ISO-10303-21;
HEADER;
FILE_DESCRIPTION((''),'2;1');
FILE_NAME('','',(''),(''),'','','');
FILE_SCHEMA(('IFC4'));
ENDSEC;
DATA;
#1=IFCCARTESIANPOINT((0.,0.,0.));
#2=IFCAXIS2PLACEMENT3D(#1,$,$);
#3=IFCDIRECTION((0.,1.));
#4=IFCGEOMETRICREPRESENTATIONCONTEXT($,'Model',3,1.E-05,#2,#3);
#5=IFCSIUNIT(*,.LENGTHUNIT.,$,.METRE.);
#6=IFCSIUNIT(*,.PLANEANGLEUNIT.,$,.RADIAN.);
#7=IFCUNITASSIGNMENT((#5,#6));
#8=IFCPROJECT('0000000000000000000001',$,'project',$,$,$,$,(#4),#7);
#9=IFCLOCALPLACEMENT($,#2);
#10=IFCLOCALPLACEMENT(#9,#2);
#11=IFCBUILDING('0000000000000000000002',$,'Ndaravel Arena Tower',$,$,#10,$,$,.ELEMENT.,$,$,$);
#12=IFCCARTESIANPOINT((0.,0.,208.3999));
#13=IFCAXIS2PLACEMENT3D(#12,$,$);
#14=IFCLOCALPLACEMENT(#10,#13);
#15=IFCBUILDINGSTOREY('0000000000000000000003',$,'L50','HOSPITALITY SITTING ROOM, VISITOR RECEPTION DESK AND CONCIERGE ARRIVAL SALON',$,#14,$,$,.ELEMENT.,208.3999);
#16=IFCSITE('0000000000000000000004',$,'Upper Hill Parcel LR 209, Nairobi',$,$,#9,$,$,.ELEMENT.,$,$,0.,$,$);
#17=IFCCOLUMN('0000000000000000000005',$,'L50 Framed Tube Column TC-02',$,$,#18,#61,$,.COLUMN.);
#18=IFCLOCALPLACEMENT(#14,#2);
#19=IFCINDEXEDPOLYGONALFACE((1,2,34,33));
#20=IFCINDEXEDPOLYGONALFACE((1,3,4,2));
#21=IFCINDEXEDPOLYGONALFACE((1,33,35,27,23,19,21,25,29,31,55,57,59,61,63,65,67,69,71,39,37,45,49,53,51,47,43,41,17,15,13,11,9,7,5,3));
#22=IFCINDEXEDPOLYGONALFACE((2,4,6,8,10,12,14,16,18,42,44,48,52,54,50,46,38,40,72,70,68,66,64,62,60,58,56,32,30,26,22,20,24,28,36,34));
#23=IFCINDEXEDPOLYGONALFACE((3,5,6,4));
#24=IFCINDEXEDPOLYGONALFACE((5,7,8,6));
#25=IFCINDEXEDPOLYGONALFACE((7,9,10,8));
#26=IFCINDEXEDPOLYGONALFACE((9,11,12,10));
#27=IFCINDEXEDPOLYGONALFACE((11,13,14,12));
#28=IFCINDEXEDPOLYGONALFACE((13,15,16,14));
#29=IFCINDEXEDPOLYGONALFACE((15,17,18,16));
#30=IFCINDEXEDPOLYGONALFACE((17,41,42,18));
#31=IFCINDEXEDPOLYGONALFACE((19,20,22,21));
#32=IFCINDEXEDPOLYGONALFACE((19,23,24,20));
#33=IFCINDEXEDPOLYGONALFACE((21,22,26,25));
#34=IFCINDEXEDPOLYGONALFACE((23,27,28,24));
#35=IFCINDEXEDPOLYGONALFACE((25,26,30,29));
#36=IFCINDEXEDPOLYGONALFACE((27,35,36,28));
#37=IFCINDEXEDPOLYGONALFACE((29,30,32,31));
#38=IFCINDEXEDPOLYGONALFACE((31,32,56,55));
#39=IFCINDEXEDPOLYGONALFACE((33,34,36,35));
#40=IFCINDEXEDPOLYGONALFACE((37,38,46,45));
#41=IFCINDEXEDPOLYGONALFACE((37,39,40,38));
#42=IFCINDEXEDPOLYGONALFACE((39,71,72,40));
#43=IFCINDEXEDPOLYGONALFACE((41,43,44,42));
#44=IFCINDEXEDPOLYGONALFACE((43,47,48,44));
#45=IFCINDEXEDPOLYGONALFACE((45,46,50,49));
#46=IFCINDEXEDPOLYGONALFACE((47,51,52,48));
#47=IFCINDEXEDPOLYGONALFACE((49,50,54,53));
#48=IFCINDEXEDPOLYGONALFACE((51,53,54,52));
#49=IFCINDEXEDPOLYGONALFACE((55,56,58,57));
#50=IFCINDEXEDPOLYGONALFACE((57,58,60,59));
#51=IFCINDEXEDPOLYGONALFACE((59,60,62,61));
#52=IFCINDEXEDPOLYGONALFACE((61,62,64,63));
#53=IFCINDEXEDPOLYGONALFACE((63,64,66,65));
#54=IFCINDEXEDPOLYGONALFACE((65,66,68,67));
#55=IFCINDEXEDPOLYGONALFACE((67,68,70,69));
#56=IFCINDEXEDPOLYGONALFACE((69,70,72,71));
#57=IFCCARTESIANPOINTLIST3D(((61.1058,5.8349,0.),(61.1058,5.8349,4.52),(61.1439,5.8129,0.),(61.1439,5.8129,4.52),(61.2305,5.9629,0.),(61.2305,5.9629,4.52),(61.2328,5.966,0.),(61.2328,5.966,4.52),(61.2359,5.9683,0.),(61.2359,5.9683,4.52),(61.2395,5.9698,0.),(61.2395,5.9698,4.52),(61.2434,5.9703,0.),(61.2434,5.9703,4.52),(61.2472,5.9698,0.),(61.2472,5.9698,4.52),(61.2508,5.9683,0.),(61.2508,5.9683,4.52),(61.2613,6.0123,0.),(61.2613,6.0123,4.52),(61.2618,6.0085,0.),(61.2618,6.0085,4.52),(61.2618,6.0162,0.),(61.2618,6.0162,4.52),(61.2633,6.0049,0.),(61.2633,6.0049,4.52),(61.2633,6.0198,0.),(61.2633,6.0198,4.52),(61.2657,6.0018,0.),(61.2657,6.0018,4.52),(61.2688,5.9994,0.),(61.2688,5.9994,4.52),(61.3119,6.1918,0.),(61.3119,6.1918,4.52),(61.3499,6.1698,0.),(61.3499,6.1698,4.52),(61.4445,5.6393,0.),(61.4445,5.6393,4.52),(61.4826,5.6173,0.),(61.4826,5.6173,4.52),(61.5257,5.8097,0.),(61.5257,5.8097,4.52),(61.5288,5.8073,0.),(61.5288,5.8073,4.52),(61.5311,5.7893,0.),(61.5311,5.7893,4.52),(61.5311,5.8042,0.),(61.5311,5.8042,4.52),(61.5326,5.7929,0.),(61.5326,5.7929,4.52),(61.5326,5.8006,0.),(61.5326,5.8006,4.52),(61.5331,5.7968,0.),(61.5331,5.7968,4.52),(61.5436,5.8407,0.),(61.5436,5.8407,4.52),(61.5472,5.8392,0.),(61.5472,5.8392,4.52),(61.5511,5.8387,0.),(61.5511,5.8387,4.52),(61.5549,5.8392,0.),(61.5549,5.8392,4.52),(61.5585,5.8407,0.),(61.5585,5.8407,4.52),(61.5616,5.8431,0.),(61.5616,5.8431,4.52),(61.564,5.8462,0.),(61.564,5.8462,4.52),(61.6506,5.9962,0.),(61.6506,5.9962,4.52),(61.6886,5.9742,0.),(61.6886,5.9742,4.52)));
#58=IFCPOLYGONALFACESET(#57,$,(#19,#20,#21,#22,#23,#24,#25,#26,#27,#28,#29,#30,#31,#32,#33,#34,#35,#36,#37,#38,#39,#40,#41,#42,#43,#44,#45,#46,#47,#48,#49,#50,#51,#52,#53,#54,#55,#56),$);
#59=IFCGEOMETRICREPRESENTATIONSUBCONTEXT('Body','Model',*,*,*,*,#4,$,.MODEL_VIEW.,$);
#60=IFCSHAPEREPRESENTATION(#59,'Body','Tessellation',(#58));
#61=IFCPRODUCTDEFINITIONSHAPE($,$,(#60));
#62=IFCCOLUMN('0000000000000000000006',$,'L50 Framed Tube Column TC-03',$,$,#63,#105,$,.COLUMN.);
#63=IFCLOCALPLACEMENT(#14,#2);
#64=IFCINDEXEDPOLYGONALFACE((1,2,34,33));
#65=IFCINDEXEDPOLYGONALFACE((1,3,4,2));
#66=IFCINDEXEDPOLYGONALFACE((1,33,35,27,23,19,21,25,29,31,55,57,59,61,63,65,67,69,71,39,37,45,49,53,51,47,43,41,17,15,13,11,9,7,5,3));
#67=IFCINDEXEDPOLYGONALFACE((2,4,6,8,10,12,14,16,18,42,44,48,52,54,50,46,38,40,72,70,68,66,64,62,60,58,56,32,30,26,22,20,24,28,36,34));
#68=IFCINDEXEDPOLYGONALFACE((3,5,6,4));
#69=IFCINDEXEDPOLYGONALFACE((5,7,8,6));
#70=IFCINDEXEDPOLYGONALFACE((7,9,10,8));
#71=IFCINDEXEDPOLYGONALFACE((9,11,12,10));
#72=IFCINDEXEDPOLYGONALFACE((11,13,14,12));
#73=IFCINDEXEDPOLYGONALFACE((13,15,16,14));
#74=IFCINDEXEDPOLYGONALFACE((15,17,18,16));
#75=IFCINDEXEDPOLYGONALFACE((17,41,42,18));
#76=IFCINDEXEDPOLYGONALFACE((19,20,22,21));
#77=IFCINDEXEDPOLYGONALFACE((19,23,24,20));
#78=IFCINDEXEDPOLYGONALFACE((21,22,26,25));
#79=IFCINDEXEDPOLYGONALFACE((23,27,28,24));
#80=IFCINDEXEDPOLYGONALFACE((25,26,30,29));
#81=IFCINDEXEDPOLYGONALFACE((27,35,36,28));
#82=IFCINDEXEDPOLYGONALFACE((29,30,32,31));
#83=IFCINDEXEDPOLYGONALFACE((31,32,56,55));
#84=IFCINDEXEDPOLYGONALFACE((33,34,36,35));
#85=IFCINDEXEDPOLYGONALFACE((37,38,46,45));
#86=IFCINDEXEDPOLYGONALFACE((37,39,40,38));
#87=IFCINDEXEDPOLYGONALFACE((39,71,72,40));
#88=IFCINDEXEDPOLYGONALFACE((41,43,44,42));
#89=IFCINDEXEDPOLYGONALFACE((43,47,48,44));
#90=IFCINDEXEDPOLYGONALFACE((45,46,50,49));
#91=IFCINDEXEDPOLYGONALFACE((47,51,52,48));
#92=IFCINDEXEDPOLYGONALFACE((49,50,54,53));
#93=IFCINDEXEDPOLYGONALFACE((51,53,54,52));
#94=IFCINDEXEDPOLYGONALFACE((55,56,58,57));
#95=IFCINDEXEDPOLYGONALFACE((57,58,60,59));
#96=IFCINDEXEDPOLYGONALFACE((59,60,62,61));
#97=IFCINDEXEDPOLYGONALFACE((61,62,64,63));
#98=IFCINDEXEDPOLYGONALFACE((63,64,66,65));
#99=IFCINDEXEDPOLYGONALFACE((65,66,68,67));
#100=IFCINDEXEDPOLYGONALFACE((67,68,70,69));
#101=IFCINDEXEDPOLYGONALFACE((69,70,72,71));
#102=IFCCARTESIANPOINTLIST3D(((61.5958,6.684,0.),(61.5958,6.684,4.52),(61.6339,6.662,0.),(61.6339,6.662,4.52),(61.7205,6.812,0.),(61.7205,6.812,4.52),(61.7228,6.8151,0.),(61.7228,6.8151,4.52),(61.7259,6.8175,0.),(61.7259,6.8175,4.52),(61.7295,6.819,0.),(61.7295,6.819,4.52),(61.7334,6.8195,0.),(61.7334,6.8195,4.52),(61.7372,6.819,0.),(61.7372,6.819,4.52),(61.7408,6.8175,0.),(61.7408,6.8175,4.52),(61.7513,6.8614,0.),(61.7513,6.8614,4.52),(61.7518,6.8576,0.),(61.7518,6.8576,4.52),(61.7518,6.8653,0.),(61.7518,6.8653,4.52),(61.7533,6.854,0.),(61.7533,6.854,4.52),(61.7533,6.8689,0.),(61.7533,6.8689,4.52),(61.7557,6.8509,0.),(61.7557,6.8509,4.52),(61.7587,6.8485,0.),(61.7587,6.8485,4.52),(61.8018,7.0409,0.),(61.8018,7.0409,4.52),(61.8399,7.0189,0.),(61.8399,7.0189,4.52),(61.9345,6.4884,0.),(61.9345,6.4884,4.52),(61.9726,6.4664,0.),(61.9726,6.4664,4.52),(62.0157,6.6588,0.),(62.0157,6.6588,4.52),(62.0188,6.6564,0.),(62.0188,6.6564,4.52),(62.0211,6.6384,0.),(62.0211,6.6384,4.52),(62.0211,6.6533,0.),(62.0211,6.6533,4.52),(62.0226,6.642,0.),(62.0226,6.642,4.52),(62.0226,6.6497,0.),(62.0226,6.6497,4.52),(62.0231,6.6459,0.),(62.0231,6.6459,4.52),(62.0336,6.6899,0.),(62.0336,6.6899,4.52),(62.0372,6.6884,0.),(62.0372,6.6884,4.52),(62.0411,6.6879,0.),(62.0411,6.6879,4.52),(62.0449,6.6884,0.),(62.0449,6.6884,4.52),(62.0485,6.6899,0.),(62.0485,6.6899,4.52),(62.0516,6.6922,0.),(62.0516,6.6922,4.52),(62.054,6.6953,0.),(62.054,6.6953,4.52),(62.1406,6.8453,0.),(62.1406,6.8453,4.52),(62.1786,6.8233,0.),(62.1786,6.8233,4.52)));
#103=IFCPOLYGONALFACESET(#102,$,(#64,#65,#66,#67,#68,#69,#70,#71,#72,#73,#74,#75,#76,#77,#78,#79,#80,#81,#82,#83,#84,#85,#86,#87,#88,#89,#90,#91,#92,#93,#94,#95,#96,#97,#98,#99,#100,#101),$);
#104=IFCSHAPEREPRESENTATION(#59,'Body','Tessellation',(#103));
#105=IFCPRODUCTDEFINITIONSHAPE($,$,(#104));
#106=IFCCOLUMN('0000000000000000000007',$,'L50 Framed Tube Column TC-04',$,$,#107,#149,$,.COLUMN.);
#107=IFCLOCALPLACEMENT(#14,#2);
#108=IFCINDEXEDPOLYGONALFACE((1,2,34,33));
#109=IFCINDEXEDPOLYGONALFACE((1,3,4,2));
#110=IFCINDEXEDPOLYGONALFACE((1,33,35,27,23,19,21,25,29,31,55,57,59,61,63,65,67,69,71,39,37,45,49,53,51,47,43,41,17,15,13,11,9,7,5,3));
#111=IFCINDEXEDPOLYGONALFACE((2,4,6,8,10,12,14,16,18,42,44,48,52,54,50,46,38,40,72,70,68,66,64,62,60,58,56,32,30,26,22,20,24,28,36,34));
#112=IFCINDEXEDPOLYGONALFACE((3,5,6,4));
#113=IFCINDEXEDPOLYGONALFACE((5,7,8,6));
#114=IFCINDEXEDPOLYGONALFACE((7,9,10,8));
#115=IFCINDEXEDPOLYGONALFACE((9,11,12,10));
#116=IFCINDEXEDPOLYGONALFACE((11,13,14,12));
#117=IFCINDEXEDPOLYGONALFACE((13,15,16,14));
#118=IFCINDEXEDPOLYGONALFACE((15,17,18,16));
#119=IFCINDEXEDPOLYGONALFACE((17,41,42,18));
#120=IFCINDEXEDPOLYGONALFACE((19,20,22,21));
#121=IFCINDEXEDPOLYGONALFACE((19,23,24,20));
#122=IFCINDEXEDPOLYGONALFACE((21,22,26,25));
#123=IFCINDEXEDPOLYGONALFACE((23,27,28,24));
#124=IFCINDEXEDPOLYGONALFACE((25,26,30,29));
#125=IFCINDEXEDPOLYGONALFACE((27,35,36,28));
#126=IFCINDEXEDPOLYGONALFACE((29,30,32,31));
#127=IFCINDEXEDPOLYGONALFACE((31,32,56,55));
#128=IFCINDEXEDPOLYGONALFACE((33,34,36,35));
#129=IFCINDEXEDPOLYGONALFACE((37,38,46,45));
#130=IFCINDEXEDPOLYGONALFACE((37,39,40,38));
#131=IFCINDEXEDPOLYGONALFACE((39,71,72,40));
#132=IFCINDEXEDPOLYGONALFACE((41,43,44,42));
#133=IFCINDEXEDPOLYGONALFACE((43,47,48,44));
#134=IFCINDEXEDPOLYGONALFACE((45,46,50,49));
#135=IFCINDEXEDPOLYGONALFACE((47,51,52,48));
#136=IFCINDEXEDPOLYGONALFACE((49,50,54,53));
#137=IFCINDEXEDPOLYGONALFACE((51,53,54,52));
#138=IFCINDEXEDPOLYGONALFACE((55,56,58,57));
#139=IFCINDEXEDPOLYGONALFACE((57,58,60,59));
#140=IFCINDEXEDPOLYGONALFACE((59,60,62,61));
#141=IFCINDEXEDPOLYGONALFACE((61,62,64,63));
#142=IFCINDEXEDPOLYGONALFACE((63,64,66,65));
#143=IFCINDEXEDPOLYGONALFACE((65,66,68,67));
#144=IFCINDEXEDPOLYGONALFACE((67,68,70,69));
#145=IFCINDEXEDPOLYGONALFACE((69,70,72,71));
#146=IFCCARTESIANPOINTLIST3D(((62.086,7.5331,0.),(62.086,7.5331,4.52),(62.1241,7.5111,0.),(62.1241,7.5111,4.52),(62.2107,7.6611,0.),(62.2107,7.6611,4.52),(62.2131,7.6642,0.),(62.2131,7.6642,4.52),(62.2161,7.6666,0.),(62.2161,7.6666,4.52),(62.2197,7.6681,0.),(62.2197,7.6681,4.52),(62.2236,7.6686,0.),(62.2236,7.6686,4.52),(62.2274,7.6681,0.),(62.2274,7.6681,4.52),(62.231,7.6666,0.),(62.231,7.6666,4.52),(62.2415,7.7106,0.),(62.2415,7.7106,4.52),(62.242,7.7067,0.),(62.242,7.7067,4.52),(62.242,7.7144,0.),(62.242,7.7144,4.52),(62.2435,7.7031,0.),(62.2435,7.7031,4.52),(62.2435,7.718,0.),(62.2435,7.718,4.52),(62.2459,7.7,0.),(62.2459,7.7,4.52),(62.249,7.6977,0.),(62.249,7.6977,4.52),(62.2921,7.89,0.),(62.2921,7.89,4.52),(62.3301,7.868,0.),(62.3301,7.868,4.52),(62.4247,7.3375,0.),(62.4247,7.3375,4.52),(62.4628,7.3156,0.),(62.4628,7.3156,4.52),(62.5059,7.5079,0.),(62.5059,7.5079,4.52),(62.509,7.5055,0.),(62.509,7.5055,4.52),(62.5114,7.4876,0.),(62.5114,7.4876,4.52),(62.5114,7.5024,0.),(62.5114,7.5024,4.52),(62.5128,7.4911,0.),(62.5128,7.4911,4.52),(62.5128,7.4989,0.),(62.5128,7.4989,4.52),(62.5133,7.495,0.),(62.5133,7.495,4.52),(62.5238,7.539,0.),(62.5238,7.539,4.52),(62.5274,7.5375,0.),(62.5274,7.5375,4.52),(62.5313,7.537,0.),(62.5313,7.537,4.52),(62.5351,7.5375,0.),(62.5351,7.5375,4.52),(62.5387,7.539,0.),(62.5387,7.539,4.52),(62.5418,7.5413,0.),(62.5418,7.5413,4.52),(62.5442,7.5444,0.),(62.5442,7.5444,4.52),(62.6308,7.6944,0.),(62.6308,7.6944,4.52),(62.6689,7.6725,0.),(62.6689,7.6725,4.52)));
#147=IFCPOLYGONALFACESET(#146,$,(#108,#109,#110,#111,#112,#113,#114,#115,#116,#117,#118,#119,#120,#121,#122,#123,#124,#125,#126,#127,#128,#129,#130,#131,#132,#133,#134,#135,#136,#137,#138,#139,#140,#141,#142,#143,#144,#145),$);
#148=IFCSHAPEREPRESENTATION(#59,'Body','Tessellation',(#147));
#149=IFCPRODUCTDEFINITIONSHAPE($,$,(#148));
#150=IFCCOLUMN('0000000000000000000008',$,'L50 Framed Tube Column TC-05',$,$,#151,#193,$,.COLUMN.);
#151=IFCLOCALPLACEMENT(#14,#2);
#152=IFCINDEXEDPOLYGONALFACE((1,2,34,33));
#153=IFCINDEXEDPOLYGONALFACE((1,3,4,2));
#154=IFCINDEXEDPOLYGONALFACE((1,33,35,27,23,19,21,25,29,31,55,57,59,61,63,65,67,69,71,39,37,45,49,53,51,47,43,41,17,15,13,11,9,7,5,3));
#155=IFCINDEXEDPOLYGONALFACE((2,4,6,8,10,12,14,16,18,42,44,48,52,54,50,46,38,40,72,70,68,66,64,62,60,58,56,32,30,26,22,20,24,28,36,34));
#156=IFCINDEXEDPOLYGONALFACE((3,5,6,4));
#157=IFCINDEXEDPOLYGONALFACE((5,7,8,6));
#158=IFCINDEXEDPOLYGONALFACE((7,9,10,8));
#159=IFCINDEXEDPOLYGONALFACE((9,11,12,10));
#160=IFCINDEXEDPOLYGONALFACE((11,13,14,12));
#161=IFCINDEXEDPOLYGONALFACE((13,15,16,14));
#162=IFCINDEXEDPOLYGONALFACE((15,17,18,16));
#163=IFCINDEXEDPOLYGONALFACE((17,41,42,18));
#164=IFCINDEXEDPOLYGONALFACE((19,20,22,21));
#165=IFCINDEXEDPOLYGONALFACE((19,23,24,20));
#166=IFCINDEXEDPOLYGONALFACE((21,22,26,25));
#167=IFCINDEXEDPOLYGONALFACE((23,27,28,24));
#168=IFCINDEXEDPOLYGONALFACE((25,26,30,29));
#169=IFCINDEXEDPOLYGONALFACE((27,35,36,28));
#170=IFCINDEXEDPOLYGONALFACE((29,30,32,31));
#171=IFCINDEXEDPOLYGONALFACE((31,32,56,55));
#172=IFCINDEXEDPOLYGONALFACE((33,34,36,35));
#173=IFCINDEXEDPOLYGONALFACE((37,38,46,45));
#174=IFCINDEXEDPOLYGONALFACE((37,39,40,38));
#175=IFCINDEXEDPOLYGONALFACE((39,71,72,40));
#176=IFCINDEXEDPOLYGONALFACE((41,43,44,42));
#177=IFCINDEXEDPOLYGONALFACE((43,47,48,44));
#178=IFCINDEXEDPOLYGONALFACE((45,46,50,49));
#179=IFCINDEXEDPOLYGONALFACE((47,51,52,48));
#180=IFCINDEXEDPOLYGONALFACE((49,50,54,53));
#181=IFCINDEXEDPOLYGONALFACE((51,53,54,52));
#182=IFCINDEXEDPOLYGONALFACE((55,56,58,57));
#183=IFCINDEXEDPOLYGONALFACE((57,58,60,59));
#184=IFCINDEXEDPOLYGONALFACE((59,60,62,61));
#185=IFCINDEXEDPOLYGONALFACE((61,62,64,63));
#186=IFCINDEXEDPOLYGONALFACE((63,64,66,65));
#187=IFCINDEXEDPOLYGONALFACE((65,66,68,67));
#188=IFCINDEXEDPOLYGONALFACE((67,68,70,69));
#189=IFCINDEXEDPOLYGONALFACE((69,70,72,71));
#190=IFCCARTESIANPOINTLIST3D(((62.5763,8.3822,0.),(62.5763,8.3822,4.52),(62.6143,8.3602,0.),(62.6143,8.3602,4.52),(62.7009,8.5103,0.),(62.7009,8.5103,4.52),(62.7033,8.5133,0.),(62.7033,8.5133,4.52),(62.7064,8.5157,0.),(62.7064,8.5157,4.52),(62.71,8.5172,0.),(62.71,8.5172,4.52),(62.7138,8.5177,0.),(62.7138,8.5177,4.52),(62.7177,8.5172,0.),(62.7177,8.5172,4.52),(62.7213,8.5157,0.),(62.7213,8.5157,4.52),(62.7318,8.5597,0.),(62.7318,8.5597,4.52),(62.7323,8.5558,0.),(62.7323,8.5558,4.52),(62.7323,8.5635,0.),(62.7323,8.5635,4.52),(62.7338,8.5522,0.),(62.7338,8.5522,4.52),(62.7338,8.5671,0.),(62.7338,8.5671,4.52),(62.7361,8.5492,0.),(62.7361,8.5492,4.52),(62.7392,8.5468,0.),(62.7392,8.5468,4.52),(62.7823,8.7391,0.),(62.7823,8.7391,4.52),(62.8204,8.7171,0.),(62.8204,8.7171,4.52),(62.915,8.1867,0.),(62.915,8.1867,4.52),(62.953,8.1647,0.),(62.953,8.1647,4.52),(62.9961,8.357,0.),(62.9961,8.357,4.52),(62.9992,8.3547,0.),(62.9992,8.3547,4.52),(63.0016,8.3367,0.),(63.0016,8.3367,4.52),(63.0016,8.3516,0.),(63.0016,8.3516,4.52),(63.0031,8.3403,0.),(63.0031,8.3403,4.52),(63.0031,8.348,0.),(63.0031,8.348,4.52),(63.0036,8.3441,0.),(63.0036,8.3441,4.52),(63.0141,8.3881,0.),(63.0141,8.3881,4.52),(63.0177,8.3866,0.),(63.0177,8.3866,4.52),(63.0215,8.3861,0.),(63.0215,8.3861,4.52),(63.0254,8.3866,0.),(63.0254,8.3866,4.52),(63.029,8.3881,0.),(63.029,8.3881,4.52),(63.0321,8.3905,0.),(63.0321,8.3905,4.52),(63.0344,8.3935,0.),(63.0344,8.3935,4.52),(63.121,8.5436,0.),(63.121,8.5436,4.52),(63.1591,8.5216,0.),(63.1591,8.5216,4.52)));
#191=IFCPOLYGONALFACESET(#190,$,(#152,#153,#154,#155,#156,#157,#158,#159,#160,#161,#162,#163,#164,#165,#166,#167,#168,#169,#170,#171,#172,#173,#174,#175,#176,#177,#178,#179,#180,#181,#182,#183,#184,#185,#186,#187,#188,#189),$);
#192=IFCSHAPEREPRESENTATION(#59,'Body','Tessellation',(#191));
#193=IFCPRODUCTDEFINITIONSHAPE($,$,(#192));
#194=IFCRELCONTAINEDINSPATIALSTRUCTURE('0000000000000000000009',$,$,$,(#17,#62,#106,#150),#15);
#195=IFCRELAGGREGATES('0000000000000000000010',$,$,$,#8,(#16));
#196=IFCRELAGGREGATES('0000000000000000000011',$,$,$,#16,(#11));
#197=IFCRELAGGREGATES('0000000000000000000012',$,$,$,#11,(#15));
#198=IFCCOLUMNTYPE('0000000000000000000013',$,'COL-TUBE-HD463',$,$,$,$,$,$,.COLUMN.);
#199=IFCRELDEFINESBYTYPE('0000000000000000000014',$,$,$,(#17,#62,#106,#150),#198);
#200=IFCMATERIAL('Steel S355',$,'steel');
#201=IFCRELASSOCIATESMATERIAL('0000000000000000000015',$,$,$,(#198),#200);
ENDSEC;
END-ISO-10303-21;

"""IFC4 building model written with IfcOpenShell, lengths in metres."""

from ifc_helpers import new_model, si_unit, direction, frame, origin, origin_2d, place, context, subcontext, project, spatial, i_section, extrude, material, material_profile, profile_set, type_object, element, save


model = new_model("IFC4")

# Units and contexts
model_context = context("Model", 3, precision=1e-05, world=origin(), true_north=direction((0.0, 1.0)))
body_context = subcontext(model_context, "Body", "Model", "MODEL_VIEW")
ifc_project = project(units=[si_unit("LENGTHUNIT", "METRE"), si_unit("PLANEANGLEUNIT", "RADIAN")], contexts=[model_context])

# Site, building, storey
site_placement = place(None, origin())
site = spatial("IfcSite", under=ifc_project, at=site_placement, Name="Upper Hill Parcel LR 209, Nairobi", CompositionType="ELEMENT", RefElevation=0.0)
building_placement = place(site_placement, origin())
building = spatial("IfcBuilding", under=site, at=building_placement, Name="Ndaravel Arena Tower", CompositionType="ELEMENT")
storey_placement = place(building_placement, frame((0.0, 0.0, 208.3999)))
storey = spatial("IfcBuildingStorey", under=building, at=storey_placement, Name="L50", Description="HOSPITALITY SITTING ROOM, VISITOR RECEPTION DESK AND CONCIERGE ARRIVAL SALON", CompositionType="ELEMENT", Elevation=208.3999)

# Columns
ifc_material_1 = material(Name="Steel S355", Category="steel")
ifc_material_profile_1 = material_profile(ifc_material_1, i_section(OverallWidth=0.4121, OverallDepth=0.4351, WebThickness=0.0359, FlangeThickness=0.0439, FilletRadius=0.0149, at=origin_2d()), Name="HD 400x463")
ifc_profile_set_1 = profile_set([ifc_material_profile_1], Name="Steel S355")
column_type = type_object("IfcColumnType", Name="COL-TUBE-HD463", PredefinedType="COLUMN", material=ifc_profile_set_1)
for number, where, z_axis, x_axis, name in (
    (1, (61.3972, 5.9045, 0.0), (0.0, 0.0, 1.0), (0.5, 0.866025, 0.0), "L50 Framed Tube Column TC-02"),
    (2, (61.8872, 6.7537, 0.0), (0.0, 0.0, 1.0), (0.5, 0.866025, 0.0), "L50 Framed Tube Column TC-03"),
    (3, (62.3774, 7.6028, 0.0), (0.0, 0.0, 1.0), (0.5, 0.866025, 0.0), "L50 Framed Tube Column TC-04"),
    (4, (62.8677, 8.4519, 0.0), (0.0, 0.0, 1.0), (0.5, 0.866025, 0.0), "L50 Framed Tube Column TC-05"),
):
    element("IfcColumn", number, at=place(storey_placement, frame(where, z_axis=z_axis, x_axis=x_axis)), inside=storey, type_object=column_type, Name=name, PredefinedType="COLUMN", context=body_context, shape_type="SweptSolid", body=[
        extrude(i_section(OverallWidth=0.4121, OverallDepth=0.4351, WebThickness=0.0359, FlangeThickness=0.0439, FilletRadius=0.0149, at=origin_2d()), origin(), (0.0, 0.0, 1.0), 4.52),
    ])

save(model, "model.ifc")
